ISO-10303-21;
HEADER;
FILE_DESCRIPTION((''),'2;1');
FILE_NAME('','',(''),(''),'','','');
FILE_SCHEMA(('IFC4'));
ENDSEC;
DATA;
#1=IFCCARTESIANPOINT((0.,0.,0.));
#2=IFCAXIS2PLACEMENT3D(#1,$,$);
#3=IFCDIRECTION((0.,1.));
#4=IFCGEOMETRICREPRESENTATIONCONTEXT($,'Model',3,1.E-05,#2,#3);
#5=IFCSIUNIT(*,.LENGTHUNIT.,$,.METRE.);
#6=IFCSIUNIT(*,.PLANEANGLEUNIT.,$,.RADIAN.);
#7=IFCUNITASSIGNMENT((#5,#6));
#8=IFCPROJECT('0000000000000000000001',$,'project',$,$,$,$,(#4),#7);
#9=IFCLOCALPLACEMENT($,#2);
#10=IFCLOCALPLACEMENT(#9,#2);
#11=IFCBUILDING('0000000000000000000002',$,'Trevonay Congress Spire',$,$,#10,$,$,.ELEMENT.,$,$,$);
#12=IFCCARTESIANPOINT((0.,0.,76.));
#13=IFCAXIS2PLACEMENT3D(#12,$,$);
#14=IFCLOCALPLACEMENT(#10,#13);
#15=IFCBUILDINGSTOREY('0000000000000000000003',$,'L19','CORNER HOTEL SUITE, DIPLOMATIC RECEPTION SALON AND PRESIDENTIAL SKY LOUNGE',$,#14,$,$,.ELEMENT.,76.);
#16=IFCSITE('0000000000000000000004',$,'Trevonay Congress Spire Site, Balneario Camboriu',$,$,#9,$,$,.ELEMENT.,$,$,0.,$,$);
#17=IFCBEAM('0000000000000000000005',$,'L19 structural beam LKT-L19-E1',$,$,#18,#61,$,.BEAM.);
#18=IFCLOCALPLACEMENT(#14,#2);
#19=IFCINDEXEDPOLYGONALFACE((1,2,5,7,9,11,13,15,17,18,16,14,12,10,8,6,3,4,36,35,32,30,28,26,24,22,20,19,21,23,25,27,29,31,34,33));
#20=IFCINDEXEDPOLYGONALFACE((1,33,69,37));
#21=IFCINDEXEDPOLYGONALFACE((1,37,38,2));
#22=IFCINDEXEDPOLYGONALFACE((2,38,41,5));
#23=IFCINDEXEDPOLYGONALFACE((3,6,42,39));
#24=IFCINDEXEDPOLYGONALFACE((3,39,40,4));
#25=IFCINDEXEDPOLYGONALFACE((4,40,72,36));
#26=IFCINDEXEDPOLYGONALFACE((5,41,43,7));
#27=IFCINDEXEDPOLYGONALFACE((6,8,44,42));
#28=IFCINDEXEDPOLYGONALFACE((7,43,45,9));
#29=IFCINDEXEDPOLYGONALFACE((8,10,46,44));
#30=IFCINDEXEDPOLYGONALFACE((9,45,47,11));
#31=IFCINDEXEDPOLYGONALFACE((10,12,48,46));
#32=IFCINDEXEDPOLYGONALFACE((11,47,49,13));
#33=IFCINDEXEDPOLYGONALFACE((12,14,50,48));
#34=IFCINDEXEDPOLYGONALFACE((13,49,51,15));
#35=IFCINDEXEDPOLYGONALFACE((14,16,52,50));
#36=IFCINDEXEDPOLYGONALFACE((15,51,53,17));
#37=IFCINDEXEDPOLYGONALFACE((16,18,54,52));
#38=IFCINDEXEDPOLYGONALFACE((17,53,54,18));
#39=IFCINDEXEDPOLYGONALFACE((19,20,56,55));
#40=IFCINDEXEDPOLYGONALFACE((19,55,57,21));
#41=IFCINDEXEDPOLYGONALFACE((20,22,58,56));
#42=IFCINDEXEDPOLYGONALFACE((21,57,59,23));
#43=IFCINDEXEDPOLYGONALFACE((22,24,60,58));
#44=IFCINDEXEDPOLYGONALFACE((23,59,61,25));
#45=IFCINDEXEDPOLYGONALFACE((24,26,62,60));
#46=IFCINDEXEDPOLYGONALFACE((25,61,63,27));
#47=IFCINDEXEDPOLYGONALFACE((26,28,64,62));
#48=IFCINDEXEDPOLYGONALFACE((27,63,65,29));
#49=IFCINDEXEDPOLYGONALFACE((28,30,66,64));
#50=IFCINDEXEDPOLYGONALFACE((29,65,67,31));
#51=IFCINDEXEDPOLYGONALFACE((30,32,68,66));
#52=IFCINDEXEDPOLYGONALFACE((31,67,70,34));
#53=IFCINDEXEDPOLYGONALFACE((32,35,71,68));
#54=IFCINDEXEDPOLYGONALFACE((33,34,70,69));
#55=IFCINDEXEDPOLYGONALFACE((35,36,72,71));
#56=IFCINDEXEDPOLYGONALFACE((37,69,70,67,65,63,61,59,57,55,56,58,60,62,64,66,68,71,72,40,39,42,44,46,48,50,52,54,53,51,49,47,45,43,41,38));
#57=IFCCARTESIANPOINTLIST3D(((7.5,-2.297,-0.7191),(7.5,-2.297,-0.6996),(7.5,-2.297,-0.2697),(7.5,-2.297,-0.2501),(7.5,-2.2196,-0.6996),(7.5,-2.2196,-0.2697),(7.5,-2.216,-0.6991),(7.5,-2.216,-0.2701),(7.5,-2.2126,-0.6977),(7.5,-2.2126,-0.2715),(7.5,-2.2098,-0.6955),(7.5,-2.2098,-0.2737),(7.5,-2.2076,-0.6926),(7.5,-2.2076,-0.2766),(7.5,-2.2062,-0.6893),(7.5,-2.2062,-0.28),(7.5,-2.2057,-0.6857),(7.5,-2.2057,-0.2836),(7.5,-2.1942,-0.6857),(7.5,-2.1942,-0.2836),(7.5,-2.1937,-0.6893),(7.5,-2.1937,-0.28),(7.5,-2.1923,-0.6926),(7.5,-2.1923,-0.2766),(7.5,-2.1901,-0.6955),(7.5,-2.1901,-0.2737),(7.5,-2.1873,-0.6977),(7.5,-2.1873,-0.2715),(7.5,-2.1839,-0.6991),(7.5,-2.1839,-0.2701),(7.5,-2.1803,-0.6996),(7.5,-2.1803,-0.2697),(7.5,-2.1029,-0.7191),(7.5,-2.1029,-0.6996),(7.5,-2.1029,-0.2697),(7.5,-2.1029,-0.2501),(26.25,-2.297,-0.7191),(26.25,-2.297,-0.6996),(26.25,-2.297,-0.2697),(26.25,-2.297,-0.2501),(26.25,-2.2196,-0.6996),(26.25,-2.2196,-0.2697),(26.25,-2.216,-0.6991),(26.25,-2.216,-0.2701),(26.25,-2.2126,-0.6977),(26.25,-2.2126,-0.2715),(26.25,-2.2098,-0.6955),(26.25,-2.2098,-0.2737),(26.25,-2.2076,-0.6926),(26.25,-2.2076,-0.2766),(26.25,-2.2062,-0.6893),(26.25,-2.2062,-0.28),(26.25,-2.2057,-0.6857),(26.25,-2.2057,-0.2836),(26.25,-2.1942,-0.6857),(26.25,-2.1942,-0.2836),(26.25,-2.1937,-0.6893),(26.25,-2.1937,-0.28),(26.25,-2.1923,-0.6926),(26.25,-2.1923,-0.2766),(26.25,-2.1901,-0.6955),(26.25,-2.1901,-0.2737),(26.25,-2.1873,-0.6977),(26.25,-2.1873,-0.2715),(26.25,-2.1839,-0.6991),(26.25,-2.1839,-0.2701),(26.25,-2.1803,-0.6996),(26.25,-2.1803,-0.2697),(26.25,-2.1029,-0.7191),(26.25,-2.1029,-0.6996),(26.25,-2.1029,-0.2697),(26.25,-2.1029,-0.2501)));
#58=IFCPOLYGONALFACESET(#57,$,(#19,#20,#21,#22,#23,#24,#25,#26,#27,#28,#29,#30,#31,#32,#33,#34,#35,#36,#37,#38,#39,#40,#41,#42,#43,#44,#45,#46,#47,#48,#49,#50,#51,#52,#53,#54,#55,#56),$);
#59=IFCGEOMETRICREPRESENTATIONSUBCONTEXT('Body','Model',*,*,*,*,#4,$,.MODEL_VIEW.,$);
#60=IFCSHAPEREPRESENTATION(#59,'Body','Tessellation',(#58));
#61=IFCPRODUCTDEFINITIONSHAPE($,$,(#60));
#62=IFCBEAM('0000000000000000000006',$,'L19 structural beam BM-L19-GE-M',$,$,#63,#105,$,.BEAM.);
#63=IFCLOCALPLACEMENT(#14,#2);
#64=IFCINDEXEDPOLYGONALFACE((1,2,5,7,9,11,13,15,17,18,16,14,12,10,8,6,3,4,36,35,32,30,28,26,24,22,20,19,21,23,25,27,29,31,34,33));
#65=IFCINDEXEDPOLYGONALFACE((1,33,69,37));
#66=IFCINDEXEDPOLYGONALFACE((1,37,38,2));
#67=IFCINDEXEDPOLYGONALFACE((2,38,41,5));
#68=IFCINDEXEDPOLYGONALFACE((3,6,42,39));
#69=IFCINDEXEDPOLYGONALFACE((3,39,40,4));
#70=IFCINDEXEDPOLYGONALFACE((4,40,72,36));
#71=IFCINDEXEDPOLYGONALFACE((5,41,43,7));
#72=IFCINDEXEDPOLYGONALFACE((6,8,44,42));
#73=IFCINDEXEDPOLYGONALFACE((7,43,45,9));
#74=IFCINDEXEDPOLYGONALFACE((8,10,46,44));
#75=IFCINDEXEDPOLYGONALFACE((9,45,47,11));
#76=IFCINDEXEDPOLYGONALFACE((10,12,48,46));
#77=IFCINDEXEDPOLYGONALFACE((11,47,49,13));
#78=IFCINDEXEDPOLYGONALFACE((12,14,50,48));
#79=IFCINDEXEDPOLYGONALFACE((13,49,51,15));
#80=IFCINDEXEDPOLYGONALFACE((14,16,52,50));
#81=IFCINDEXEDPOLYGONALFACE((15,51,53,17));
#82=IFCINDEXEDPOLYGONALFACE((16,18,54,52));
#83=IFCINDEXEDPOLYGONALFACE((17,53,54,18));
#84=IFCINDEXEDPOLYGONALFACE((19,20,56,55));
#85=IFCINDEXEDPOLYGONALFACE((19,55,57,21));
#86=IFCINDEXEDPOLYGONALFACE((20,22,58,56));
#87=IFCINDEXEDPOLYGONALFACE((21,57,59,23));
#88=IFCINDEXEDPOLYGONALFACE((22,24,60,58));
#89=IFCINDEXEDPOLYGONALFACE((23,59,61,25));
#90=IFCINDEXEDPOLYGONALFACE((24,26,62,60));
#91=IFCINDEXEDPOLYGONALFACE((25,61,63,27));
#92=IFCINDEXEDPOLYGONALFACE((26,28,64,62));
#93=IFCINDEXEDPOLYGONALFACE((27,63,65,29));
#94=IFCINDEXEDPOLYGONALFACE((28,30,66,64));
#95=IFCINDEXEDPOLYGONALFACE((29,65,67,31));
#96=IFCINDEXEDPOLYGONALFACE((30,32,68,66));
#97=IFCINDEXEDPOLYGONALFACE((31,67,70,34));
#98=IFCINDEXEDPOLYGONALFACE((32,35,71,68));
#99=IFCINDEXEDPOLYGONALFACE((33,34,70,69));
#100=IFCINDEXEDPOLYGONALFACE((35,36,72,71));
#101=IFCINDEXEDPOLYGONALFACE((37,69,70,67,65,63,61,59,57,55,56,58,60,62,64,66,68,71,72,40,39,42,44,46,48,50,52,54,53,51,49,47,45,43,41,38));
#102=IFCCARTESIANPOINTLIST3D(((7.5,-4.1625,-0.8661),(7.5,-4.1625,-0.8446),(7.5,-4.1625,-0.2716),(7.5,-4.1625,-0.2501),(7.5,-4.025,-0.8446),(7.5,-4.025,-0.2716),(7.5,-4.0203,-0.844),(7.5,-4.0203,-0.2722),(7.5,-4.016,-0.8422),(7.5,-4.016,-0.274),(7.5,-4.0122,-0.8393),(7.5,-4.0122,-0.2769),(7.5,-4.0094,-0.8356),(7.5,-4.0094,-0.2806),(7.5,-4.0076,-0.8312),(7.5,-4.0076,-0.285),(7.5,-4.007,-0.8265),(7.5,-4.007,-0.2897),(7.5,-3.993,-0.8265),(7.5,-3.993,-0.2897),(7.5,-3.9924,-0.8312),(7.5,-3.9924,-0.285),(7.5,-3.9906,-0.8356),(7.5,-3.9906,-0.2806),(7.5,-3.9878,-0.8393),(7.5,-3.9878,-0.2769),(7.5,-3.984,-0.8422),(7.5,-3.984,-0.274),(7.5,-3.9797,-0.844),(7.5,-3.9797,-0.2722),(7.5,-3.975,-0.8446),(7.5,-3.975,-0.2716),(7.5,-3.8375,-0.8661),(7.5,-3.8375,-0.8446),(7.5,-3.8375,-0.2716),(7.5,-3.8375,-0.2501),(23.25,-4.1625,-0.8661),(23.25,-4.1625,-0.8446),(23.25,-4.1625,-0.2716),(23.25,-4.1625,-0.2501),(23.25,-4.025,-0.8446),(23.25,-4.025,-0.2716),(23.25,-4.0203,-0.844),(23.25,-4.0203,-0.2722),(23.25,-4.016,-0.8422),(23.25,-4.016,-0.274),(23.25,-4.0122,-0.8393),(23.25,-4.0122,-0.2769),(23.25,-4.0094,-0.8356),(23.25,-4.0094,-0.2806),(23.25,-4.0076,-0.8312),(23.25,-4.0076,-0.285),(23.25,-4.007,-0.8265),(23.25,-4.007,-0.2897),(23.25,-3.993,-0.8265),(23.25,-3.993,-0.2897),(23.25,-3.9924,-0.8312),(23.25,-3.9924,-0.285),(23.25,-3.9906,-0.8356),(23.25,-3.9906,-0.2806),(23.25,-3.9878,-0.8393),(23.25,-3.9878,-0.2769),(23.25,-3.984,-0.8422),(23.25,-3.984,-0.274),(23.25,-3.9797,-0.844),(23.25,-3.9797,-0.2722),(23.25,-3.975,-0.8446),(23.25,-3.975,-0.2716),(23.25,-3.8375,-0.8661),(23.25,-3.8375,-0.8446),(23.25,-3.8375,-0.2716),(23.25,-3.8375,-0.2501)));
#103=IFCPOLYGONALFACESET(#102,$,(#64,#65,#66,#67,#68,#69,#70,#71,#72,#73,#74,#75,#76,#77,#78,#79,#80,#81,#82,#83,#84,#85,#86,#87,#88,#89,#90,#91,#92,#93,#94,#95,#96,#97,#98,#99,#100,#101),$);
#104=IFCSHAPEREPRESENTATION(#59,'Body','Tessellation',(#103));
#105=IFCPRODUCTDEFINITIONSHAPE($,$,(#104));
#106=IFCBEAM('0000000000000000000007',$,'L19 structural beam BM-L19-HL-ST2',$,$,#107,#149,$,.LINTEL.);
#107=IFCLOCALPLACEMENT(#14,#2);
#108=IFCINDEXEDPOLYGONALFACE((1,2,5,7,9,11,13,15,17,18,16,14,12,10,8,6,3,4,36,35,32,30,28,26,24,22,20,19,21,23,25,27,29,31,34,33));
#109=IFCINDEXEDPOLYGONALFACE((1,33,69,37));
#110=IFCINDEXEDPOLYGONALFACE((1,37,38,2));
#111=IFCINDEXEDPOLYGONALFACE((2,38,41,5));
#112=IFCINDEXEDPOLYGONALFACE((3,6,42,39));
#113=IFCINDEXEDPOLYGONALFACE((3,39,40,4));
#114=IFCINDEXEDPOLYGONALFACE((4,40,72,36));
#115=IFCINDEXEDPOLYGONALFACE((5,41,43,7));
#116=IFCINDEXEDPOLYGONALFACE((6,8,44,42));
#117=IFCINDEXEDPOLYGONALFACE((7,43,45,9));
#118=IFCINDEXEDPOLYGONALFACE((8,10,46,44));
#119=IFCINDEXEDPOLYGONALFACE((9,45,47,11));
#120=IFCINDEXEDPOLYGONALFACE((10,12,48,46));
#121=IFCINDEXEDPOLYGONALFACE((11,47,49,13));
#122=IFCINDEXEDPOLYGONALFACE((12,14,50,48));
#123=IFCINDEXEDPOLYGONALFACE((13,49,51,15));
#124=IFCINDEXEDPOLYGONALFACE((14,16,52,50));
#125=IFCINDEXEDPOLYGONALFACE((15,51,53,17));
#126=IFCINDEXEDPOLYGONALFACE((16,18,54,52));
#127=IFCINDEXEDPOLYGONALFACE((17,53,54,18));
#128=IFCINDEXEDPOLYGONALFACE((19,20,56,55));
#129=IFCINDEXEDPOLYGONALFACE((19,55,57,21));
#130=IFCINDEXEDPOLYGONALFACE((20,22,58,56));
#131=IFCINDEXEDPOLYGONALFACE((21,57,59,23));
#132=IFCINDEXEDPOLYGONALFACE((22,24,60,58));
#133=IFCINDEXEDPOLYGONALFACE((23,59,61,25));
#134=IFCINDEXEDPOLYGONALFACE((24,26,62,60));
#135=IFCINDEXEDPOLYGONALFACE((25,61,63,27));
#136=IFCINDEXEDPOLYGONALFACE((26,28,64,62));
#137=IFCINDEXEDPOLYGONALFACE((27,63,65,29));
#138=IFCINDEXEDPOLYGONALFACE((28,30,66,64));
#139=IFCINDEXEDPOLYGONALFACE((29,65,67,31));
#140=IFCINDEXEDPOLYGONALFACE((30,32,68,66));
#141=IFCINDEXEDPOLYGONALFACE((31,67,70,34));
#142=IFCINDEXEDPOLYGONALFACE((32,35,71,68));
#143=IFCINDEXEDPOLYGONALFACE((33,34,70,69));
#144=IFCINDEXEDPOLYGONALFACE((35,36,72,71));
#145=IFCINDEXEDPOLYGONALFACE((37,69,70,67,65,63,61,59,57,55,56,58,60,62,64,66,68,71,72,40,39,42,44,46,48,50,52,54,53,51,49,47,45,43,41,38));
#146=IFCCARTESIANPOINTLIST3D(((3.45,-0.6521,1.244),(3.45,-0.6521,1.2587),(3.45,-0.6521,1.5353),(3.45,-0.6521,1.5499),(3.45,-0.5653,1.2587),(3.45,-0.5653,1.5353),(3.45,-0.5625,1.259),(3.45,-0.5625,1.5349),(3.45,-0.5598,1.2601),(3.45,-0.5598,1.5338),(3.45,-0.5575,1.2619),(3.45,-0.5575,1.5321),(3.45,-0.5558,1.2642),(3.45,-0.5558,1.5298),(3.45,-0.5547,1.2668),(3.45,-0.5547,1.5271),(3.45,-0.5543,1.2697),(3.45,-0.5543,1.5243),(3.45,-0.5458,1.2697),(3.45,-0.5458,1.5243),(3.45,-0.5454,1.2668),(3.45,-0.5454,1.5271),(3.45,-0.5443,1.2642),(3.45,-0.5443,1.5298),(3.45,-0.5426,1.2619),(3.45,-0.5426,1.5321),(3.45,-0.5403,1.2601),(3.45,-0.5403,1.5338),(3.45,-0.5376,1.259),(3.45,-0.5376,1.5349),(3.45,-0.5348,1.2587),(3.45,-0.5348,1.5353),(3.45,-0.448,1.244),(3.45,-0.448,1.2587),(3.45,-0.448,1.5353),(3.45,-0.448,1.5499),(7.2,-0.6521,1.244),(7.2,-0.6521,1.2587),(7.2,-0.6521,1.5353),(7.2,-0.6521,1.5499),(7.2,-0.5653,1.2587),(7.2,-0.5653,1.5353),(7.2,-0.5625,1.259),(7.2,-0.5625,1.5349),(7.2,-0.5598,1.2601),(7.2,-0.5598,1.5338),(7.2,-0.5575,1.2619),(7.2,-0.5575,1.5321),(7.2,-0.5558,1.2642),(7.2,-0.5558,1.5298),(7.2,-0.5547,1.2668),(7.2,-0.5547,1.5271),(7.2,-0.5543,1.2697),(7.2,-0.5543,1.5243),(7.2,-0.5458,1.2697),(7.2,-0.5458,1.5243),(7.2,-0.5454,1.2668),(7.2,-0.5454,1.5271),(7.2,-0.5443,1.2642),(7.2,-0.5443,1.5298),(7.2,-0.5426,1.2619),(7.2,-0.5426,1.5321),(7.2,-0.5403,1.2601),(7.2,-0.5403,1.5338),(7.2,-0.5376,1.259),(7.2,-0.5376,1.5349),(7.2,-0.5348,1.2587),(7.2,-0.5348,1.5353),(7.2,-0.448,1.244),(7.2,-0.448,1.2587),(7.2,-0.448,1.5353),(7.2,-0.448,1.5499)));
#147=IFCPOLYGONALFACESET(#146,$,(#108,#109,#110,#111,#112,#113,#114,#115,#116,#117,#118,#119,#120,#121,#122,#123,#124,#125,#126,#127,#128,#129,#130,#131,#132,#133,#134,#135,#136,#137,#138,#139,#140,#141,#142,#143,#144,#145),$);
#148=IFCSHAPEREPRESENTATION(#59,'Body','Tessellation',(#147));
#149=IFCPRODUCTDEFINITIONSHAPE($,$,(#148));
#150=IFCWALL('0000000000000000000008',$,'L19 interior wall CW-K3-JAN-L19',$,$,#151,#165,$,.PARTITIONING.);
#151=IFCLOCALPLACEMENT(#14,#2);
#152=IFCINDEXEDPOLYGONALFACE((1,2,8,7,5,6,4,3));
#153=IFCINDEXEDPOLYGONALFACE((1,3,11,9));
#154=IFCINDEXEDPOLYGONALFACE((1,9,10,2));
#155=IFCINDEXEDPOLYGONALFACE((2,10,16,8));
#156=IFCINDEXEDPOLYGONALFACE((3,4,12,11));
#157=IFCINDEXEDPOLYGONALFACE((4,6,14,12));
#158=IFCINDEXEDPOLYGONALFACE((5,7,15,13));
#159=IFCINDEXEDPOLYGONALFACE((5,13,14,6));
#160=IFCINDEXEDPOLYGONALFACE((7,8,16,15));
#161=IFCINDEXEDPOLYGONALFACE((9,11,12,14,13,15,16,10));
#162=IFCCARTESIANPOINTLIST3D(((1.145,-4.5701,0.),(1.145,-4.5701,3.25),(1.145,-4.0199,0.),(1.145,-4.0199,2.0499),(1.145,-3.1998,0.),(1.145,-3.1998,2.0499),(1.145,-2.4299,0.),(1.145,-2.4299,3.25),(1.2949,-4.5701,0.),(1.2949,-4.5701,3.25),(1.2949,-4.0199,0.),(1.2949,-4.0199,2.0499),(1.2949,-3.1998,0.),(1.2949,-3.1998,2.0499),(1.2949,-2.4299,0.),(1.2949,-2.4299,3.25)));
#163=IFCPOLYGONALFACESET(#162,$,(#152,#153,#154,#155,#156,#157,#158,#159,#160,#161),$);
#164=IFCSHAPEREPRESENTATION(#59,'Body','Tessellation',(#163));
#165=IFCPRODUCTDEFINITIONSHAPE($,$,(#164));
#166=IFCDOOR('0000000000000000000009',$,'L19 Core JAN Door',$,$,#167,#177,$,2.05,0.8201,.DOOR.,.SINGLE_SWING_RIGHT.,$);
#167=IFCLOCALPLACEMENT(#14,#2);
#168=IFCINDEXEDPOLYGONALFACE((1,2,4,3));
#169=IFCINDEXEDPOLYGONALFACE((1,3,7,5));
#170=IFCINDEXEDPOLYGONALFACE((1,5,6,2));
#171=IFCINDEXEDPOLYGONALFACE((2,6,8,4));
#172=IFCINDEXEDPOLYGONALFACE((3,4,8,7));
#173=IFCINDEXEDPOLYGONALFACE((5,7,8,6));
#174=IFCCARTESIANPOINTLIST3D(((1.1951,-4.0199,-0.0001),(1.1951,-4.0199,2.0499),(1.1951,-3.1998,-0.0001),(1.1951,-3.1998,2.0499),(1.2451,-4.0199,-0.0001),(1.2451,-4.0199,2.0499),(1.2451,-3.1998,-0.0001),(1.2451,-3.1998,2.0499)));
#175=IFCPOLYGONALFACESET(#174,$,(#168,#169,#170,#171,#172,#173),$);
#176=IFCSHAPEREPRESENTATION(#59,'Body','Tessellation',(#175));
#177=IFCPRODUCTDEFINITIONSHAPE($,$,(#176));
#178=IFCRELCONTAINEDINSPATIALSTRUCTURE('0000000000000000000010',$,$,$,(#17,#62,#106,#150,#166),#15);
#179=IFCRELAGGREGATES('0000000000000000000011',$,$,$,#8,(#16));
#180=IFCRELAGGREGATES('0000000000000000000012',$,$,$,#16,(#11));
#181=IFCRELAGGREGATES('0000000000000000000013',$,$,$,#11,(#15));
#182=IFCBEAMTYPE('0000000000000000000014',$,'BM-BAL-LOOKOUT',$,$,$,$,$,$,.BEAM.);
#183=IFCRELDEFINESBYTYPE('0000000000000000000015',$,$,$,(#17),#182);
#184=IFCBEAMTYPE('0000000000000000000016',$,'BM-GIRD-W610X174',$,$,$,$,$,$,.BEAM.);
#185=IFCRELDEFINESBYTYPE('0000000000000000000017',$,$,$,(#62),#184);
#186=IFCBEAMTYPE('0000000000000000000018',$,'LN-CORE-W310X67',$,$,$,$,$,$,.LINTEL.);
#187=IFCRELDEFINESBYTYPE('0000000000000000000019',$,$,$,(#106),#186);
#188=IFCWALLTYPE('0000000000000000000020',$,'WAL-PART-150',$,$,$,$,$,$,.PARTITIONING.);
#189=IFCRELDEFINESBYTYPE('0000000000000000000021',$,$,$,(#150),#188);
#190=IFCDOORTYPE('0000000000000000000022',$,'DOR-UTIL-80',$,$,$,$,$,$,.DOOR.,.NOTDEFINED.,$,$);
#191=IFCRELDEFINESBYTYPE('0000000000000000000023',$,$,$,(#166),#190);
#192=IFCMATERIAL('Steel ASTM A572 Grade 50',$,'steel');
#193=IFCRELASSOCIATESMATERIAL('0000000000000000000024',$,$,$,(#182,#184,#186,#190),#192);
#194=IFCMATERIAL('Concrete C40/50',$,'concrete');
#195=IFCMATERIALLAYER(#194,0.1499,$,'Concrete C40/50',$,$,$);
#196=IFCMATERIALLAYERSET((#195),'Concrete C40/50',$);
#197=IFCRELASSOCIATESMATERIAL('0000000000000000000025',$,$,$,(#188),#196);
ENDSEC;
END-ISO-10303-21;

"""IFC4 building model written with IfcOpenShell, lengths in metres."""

from ifc_helpers import new_model, si_unit, direction, frame, frame_2d, origin, origin_2d, place, context, subcontext, project, spatial, rectangle, i_section, extrude, material, layer, layer_set, material_profile, profile_set, type_object, element, fill, save


model = new_model("IFC4")

# Units and contexts
model_context = context("Model", 3, precision=1e-05, world=origin(), true_north=direction((0.0, 1.0)))
body_context = subcontext(model_context, "Body", "Model", "MODEL_VIEW")
ifc_project = project(units=[si_unit("LENGTHUNIT", "METRE"), si_unit("PLANEANGLEUNIT", "RADIAN")], contexts=[model_context])

# Site, building, storey
site_placement = place(None, origin())
site = spatial("IfcSite", under=ifc_project, at=site_placement, Name="Trevonay Congress Spire Site, Balneario Camboriu", CompositionType="ELEMENT", RefElevation=0.0)
building_placement = place(site_placement, origin())
building = spatial("IfcBuilding", under=site, at=building_placement, Name="Trevonay Congress Spire", CompositionType="ELEMENT")
storey_placement = place(building_placement, frame((0.0, 0.0, 76.0)))
storey = spatial("IfcBuildingStorey", under=building, at=storey_placement, Name="L19", Description="CORNER HOTEL SUITE, DIPLOMATIC RECEPTION SALON AND PRESIDENTIAL SKY LOUNGE", CompositionType="ELEMENT", Elevation=76.0)

# Beams
ifc_material_1 = material(Name="Steel ASTM A572 Grade 50", Category="steel")
ifc_material_profile_1 = material_profile(ifc_material_1, i_section(OverallWidth=0.1941, OverallDepth=0.469, WebThickness=0.0115, FlangeThickness=0.0195, FilletRadius=0.0139, at=origin_2d()), Name="W460x106")
ifc_profile_set_1 = profile_set([ifc_material_profile_1], Name="Steel ASTM A572 Grade 50")
beam_type_1 = type_object("IfcBeamType", Name="BM-BAL-LOOKOUT", PredefinedType="BEAM", material=ifc_profile_set_1)
beam_1_placement = place(storey_placement, frame((7.5, -2.2, -0.4846), z_axis=(1.0, 0.0, 0.0), x_axis=(0.0, 1.0, 0.0)))
element("IfcBeam", 1, at=beam_1_placement, inside=storey, type_object=beam_type_1, Name="L19 structural beam LKT-L19-E1", PredefinedType="BEAM", context=body_context, shape_type="SweptSolid", body=[
    extrude(i_section(OverallWidth=0.1941, OverallDepth=0.469, WebThickness=0.0115, FlangeThickness=0.0195, FilletRadius=0.0139, at=origin_2d()), origin(), (0.0, 0.0, 1.0), 18.75),
])
ifc_material_profile_2 = material_profile(ifc_material_1, i_section(OverallWidth=0.325, OverallDepth=0.616, WebThickness=0.0139, FlangeThickness=0.0215, FilletRadius=0.0181, at=origin_2d()), Name="W610x174")
ifc_profile_set_2 = profile_set([ifc_material_profile_2], Name="Steel ASTM A572 Grade 50")
beam_type_2 = type_object("IfcBeamType", Name="BM-GIRD-W610X174", PredefinedType="BEAM", material=ifc_profile_set_2)
beam_2_placement = place(storey_placement, frame((7.5, -4.0, -0.5581), z_axis=(1.0, 0.0, 0.0), x_axis=(0.0, 1.0, 0.0)))
element("IfcBeam", 2, at=beam_2_placement, inside=storey, type_object=beam_type_2, Name="L19 structural beam BM-L19-GE-M", PredefinedType="BEAM", context=body_context, shape_type="SweptSolid", body=[
    extrude(i_section(OverallWidth=0.325, OverallDepth=0.616, WebThickness=0.0139, FlangeThickness=0.0215, FilletRadius=0.0181, at=origin_2d()), origin(), (0.0, 0.0, 1.0), 15.75),
])
ifc_material_profile_3 = material_profile(ifc_material_1, i_section(OverallWidth=0.2041, OverallDepth=0.3059, WebThickness=0.0085, FlangeThickness=0.0146, FilletRadius=0.011, at=origin_2d()), Name="W310x67")
ifc_profile_set_3 = profile_set([ifc_material_profile_3], Name="Steel ASTM A572 Grade 50")
beam_type_3 = type_object("IfcBeamType", Name="LN-CORE-W310X67", PredefinedType="LINTEL", material=ifc_profile_set_3)
beam_3_placement = place(storey_placement, frame((3.45, -0.55, 1.397), z_axis=(1.0, 0.0, 0.0), x_axis=(0.0, 1.0, 0.0)))
element("IfcBeam", 3, at=beam_3_placement, inside=storey, type_object=beam_type_3, Name="L19 structural beam BM-L19-HL-ST2", PredefinedType="LINTEL", context=body_context, shape_type="SweptSolid", body=[
    extrude(i_section(OverallWidth=0.2041, OverallDepth=0.3059, WebThickness=0.0085, FlangeThickness=0.0146, FilletRadius=0.011, at=origin_2d()), origin(), (0.0, 0.0, 1.0), 3.75),
])

# Wall, opening, door
ifc_material_2 = material(Name="Concrete C40/50", Category="concrete")
ifc_layer_1 = layer(ifc_material_2, 0.1499, Name="Concrete C40/50")
ifc_layer_set_1 = layer_set([ifc_layer_1], Name="Concrete C40/50")
wall_type_1 = type_object("IfcWallType", Name="WAL-PART-150", PredefinedType="PARTITIONING", material=ifc_layer_set_1)
wall_1_placement = place(storey_placement, frame((1.22, -4.5701, 0.0), z_axis=(0.0, 0.0, 1.0), x_axis=(0.0, 1.0, 0.0)))
wall_1 = element("IfcWall", 4, at=wall_1_placement, inside=storey, type_object=wall_type_1, Name="L19 interior wall CW-K3-JAN-L19", PredefinedType="PARTITIONING", context=body_context, shape_type="SweptSolid", body=[
    extrude(rectangle(XDim=2.1401, YDim=0.1499, at=frame_2d((1.0701, 0.0))), origin(), (0.0, 0.0, 1.0), 3.25),
])
opening_placement = place(wall_1_placement, frame((0.55, 0.0, 0.0)))
opening = element("IfcOpeningElement", 5, at=opening_placement, cuts=wall_1, PredefinedType="OPENING", context=body_context, shape_type="SweptSolid", body=[
    extrude(rectangle(XDim=0.8201, YDim=2.05, at=frame_2d((0.4102, 1.0249))), frame((0.0, 0.085, 0.0), z_axis=(0.0, -1.0, 0.0), x_axis=(1.0, 0.0, 0.0)), (0.0, 0.0, 1.0), 0.1699),
])
door_type = type_object("IfcDoorType", Name="DOR-UTIL-80", OperationType="NOTDEFINED", PredefinedType="DOOR", material=ifc_material_1)
door_placement = place(opening_placement, origin())
door = element("IfcDoor", 6, at=door_placement, inside=storey, type_object=door_type, Name="L19 Core JAN Door", OperationType="SINGLE_SWING_RIGHT", OverallHeight=2.05, OverallWidth=0.8201, PredefinedType="DOOR", context=body_context, shape_type="SweptSolid", body=[
    extrude(rectangle(XDim=0.8201, YDim=2.05, at=frame_2d((0.4102, 1.0249))), frame((0.0, 0.0249, 0.0), z_axis=(0.0, -1.0, 0.0), x_axis=(1.0, 0.0, 0.0)), (0.0, 0.0, 1.0), 0.05),
])
fill(opening, door)

save(model, "model.ifc")
